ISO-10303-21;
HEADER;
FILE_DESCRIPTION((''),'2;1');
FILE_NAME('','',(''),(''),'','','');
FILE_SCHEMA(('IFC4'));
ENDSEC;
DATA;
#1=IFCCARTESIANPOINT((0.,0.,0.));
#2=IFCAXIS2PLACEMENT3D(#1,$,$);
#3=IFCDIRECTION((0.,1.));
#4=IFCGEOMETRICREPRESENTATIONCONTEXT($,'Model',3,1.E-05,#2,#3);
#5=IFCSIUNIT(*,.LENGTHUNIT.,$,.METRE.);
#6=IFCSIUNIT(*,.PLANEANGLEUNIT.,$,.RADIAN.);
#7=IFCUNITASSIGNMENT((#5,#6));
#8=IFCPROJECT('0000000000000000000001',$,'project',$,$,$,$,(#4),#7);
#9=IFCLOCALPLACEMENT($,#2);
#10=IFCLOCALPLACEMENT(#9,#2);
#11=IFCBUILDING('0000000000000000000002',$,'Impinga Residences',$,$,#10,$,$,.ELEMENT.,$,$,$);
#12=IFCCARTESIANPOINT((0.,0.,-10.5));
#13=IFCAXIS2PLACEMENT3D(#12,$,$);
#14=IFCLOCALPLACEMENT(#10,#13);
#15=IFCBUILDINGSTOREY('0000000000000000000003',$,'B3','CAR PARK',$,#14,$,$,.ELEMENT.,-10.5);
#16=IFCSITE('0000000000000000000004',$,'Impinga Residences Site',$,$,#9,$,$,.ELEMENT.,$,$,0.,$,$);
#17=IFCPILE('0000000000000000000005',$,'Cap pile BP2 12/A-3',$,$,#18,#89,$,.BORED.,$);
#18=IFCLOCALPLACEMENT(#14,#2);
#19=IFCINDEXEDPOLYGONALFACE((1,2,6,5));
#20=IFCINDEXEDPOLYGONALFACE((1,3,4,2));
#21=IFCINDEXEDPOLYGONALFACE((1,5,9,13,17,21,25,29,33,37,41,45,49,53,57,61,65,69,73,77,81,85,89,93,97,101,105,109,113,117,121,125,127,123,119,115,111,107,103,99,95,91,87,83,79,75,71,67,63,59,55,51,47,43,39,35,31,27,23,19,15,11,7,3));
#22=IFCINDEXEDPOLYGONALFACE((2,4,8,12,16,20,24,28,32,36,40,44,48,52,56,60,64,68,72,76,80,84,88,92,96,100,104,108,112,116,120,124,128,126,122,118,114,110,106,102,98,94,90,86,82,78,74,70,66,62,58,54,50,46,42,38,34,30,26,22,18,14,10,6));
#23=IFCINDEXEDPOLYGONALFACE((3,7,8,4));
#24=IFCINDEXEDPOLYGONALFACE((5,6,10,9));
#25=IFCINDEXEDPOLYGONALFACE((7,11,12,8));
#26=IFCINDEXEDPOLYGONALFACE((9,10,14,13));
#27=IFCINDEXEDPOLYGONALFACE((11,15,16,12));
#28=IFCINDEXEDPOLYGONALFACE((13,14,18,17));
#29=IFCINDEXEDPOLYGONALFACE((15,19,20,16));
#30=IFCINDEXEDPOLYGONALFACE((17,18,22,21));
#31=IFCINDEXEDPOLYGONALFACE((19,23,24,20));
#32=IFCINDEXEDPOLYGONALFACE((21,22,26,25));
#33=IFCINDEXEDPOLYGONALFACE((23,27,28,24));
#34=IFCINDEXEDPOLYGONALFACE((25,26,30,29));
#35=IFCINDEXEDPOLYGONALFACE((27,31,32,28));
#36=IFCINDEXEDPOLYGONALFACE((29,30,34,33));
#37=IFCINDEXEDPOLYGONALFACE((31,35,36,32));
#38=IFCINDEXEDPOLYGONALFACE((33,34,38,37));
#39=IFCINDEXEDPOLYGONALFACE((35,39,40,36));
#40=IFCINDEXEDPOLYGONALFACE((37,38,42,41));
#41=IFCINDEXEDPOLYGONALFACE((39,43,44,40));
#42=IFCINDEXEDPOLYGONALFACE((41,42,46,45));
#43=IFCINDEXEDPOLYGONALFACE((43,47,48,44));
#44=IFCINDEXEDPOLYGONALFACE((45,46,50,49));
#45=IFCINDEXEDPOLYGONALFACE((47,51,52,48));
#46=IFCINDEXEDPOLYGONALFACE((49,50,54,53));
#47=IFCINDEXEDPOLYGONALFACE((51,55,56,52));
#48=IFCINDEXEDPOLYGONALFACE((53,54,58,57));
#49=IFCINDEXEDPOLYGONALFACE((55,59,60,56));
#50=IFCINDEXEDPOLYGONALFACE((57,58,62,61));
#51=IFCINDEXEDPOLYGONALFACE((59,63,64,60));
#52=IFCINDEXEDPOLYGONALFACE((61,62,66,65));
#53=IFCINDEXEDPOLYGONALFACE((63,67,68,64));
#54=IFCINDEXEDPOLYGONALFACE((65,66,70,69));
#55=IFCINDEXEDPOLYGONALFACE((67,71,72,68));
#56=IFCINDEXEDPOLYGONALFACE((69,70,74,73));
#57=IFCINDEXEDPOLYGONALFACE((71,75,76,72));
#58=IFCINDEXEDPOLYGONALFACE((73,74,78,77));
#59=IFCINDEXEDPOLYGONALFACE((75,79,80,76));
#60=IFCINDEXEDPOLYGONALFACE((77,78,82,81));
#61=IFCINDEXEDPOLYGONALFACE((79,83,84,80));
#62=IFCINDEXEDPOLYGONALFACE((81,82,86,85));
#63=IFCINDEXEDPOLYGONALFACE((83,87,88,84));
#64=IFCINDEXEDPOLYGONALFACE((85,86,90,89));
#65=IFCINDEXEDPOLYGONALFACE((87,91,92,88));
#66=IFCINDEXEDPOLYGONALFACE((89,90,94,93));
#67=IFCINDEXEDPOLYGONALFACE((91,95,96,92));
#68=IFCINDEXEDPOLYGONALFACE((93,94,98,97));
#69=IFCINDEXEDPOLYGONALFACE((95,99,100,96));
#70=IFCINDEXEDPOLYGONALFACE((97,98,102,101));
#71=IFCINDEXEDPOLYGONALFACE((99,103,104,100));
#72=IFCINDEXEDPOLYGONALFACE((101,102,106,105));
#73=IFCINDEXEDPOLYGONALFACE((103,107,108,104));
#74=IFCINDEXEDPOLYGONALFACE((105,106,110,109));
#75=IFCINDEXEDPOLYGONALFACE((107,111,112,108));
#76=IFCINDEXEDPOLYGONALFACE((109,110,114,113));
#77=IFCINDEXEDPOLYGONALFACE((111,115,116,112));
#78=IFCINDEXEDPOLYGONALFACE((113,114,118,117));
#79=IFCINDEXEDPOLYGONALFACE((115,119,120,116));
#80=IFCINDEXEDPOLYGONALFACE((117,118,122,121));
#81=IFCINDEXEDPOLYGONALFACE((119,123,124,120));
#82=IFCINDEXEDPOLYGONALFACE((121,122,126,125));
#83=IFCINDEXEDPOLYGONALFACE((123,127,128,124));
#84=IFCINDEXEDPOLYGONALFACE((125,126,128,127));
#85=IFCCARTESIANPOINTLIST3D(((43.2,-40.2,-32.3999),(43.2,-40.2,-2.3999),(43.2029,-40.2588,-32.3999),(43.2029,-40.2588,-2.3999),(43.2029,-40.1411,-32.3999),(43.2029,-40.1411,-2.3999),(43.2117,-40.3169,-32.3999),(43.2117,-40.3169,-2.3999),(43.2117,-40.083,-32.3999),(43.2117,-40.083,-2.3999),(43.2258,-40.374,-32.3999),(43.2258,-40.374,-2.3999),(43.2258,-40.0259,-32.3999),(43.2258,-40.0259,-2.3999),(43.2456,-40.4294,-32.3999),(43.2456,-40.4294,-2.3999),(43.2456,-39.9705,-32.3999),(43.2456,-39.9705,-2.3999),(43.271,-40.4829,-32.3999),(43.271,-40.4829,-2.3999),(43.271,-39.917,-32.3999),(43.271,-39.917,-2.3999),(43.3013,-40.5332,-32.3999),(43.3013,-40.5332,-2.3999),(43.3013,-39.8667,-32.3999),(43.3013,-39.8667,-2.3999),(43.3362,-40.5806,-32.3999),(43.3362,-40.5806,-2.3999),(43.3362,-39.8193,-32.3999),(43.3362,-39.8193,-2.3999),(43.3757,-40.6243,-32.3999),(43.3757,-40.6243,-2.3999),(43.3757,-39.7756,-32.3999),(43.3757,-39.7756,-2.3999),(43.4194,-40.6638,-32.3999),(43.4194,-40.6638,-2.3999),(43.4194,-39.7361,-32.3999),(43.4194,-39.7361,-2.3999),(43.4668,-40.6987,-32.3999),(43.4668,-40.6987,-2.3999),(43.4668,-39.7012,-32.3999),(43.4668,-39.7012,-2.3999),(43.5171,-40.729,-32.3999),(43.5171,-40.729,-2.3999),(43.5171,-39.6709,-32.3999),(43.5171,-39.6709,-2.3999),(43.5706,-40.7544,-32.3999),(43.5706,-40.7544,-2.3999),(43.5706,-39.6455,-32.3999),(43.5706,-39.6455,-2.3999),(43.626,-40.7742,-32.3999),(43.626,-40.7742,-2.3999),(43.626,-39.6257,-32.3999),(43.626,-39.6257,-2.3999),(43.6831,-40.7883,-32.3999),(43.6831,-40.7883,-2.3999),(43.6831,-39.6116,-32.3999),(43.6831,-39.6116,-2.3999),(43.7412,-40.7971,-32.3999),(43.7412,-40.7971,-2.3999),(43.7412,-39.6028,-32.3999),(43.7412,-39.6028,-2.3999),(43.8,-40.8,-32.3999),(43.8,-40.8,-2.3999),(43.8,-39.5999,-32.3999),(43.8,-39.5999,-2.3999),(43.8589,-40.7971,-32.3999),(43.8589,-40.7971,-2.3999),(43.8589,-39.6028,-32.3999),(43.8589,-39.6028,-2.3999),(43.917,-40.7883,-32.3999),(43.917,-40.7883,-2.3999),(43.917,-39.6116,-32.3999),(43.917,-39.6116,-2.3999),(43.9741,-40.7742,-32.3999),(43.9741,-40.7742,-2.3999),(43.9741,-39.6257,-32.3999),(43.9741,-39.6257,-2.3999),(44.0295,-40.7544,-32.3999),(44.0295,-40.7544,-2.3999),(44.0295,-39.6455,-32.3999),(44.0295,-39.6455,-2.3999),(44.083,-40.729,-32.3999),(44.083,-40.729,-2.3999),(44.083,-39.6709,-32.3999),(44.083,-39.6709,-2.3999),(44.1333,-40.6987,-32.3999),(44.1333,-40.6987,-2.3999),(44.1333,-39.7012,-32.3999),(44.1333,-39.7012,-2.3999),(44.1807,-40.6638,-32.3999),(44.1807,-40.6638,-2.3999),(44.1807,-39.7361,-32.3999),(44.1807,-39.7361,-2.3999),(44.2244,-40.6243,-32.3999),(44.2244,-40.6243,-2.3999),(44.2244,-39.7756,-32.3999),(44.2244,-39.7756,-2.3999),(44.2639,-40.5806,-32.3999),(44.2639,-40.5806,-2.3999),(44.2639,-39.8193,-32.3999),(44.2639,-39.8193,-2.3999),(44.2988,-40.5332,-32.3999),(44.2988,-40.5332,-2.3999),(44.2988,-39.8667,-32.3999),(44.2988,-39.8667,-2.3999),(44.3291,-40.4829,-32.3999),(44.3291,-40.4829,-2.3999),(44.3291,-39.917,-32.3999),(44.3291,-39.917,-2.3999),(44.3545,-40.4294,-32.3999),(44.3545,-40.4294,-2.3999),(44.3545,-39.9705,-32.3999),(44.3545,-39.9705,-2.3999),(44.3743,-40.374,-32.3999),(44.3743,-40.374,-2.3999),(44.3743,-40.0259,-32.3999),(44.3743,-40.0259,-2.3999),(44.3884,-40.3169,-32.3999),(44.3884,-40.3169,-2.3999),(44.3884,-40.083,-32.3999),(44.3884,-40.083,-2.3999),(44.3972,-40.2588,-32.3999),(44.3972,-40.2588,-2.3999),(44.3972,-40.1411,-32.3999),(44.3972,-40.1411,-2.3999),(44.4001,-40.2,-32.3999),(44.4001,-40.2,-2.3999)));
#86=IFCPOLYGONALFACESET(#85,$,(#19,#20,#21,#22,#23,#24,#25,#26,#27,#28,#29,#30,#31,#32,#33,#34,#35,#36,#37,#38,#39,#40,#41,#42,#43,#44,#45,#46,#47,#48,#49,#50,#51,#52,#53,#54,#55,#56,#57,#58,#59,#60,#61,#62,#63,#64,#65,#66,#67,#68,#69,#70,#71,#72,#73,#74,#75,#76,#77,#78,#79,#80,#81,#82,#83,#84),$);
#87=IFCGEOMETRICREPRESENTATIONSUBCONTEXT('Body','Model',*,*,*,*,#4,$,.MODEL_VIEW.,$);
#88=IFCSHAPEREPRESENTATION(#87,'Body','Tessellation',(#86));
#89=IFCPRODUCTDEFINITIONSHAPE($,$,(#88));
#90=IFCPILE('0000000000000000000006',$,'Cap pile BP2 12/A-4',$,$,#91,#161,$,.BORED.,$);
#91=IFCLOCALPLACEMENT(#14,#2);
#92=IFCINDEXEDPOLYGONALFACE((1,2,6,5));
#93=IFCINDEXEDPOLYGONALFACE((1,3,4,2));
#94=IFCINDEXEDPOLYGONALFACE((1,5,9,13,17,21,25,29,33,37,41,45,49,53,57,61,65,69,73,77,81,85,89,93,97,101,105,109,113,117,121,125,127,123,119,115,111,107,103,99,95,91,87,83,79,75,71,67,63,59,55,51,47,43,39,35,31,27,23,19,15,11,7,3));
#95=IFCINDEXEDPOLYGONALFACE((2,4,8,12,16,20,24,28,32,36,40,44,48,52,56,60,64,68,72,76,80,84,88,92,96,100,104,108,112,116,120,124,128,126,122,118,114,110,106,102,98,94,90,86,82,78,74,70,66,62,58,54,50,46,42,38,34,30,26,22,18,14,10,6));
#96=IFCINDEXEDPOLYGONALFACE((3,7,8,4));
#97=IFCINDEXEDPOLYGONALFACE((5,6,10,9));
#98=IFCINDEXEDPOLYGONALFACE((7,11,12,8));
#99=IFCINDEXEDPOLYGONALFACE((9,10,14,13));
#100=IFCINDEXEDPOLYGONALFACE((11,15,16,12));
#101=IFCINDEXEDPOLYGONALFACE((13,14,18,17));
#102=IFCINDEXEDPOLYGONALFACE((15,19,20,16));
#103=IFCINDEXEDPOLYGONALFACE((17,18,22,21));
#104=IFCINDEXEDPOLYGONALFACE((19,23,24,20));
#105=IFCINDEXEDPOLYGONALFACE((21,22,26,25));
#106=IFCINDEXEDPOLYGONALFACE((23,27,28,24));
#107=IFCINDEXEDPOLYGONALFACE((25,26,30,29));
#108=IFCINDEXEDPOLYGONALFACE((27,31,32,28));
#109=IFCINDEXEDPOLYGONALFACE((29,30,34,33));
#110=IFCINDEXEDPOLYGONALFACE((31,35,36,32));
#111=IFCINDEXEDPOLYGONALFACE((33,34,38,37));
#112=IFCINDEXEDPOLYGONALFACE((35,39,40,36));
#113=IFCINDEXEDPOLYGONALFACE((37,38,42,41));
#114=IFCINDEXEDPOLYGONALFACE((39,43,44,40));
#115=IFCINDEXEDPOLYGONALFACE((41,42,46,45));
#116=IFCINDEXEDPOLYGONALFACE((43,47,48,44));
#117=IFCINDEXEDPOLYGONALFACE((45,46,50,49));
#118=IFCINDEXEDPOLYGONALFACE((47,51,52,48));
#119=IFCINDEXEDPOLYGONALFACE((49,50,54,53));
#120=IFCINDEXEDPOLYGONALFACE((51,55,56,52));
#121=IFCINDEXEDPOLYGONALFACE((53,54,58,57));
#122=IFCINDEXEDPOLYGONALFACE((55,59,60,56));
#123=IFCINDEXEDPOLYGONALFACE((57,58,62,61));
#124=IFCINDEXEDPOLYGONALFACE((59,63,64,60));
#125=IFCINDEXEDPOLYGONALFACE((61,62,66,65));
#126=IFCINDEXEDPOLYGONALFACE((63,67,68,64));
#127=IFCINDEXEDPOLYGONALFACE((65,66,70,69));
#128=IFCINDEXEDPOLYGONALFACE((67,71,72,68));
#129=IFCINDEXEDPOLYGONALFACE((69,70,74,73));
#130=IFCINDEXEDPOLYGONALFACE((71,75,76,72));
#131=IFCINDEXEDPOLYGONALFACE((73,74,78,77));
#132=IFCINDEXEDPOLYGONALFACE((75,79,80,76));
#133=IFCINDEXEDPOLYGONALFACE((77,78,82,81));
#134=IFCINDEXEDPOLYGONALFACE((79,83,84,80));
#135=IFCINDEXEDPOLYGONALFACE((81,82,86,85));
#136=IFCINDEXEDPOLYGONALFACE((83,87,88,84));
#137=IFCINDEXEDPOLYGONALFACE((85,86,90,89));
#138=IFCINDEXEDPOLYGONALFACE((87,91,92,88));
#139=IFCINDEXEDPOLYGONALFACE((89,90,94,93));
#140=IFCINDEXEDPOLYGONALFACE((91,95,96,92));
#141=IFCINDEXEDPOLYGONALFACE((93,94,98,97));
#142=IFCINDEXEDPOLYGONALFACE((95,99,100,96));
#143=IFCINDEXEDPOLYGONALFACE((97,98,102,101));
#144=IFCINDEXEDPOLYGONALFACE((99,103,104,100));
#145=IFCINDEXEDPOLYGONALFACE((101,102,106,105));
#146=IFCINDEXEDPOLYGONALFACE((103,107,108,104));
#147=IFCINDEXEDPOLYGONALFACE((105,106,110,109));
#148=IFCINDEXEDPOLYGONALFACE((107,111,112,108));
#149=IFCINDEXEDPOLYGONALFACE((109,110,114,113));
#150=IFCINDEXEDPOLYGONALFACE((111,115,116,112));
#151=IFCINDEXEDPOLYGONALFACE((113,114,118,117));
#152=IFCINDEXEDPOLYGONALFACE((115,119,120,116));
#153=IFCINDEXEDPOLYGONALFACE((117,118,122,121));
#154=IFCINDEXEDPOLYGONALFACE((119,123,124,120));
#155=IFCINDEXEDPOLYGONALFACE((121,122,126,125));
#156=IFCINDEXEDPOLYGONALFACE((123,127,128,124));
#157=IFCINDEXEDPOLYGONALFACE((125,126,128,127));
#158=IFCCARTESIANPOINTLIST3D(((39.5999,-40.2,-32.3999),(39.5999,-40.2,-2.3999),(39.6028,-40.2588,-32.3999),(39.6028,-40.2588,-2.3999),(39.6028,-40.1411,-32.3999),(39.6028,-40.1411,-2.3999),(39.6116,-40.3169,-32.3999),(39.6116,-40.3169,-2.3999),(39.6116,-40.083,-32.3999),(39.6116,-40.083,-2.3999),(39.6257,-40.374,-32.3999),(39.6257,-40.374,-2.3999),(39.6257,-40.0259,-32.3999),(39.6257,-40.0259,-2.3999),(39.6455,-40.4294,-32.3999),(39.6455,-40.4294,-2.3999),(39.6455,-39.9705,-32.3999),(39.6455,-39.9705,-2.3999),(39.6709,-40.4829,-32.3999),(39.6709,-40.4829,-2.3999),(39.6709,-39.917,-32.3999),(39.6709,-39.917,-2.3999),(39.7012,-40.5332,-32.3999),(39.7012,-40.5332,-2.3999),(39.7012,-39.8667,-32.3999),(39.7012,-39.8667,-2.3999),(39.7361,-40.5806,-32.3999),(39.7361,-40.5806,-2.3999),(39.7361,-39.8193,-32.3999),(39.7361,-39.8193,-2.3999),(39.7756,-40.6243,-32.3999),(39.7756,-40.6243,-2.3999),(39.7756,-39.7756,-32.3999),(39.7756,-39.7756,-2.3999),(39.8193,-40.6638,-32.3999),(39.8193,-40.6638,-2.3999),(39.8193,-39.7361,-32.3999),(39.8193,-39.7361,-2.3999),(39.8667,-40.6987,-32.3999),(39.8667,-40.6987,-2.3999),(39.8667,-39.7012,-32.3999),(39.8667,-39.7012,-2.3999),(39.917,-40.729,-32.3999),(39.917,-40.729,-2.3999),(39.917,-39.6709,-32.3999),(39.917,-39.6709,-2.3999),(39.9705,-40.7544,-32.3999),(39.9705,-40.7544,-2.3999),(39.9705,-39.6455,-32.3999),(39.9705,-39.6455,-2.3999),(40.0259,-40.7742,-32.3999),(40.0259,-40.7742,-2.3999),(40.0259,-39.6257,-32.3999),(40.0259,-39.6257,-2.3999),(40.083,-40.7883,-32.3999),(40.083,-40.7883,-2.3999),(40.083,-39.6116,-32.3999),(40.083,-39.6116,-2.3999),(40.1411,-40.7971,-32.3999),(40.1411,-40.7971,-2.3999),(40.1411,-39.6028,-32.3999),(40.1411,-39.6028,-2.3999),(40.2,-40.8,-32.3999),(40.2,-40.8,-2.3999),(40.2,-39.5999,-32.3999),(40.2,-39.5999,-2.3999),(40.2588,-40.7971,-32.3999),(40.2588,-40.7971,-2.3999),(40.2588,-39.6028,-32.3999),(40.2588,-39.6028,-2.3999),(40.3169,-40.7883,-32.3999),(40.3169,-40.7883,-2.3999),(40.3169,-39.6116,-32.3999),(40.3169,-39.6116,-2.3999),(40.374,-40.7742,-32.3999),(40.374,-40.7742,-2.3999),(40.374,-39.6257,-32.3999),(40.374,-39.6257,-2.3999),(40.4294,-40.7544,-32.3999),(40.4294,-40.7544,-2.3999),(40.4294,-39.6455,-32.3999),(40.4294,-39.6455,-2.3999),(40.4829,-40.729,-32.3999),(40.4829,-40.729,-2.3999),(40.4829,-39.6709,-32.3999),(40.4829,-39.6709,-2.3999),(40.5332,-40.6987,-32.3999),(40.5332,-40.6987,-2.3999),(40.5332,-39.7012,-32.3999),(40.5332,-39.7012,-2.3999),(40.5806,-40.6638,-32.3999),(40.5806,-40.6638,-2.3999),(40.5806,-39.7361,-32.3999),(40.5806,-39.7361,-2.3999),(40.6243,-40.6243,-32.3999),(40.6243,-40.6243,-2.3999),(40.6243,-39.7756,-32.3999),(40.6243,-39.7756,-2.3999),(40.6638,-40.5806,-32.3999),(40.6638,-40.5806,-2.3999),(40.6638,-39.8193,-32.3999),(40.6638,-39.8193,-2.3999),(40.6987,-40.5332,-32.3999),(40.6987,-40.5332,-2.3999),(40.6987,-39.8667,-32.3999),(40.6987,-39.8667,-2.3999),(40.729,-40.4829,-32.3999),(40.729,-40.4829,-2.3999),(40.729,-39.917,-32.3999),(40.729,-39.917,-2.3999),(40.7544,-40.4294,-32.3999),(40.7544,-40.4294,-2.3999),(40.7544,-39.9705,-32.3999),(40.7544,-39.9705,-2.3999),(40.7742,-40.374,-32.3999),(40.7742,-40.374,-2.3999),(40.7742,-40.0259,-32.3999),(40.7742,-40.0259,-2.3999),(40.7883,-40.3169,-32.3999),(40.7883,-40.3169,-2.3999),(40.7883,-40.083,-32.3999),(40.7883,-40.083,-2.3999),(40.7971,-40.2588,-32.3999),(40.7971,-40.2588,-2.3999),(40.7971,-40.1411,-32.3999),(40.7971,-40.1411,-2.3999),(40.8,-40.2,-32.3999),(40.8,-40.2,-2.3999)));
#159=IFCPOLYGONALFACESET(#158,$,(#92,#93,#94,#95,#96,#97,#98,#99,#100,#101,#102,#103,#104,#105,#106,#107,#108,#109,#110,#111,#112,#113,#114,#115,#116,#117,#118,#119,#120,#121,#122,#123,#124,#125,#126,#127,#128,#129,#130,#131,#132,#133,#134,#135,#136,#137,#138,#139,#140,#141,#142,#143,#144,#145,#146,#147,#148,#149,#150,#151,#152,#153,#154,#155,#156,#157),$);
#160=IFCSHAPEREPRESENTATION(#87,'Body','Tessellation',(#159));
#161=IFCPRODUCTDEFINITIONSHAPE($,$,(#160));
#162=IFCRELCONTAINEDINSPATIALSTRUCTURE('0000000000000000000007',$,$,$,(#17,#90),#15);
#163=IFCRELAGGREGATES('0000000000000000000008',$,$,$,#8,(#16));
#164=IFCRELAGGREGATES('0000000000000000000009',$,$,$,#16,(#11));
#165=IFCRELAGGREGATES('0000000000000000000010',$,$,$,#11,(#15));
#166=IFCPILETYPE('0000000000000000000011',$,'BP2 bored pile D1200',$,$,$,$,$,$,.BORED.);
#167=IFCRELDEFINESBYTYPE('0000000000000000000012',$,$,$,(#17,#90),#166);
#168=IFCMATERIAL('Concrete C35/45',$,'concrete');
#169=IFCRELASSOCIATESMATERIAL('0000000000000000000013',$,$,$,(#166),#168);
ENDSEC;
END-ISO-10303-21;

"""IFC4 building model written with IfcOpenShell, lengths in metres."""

from ifc_helpers import new_model, si_unit, direction, frame, origin, origin_2d, place, context, subcontext, project, spatial, polyline, circle, outline, extrude, material, material_profile, profile_set, type_object, element, save


model = new_model("IFC4")

# Units and contexts
model_context = context("Model", 3, precision=1e-05, world=origin(), true_north=direction((0.0, 1.0)))
body_context = subcontext(model_context, "Body", "Model", "MODEL_VIEW")
ifc_project = project(units=[si_unit("LENGTHUNIT", "METRE"), si_unit("PLANEANGLEUNIT", "RADIAN")], contexts=[model_context])

# Site, building, storey
site_placement = place(None, origin())
site = spatial("IfcSite", under=ifc_project, at=site_placement, Name="Impinga Residences Site", CompositionType="ELEMENT", RefElevation=0.0)
building_placement = place(site_placement, origin())
building = spatial("IfcBuilding", under=site, at=building_placement, Name="Impinga Residences", CompositionType="ELEMENT")
storey_placement = place(building_placement, frame((0.0, 0.0, -10.5)))
storey = spatial("IfcBuildingStorey", under=building, at=storey_placement, Name="B3", Description="CAR PARK", CompositionType="ELEMENT", Elevation=-10.5)

# Piles
ifc_material_1 = material(Name="Concrete C35/45", Category="concrete")
ifc_material_profile_1 = material_profile(ifc_material_1, circle(Radius=0.6001, at=origin_2d()), Name="D1200")
ifc_profile_set_1 = profile_set([ifc_material_profile_1], Name="Concrete C35/45")
pile_type_1 = type_object("IfcPileType", Name="BP2 bored pile D1200", PredefinedType="BORED", material=ifc_profile_set_1)
pile_1_placement = place(storey_placement, frame((43.8, -40.2, -2.3999), z_axis=(0.0, 0.0, -1.0), x_axis=(1.0, 0.0, 0.0)))
element("IfcPile", 1, at=pile_1_placement, inside=storey, type_object=pile_type_1, Name="Cap pile BP2 12/A-3", PredefinedType="BORED", context=body_context, shape_type="SweptSolid", body=[
    extrude(outline(polyline([(0.6001, 0.0), (0.5972, 0.0588), (0.5884, 0.1169), (0.5742, 0.1741), (0.5544, 0.2295), (0.5291, 0.283), (0.4988, 0.3333), (0.4639, 0.3806), (0.4243, 0.4243), (0.3806, 0.4639), (0.3333, 0.4988), (0.283, 0.5291), (0.2295, 0.5544), (0.1741, 0.5742), (0.1169, 0.5884), (0.0588, 0.5972), (0.0, 0.6001), (-0.0588, 0.5972), (-0.1169, 0.5884), (-0.1741, 0.5742), (-0.2295, 0.5544), (-0.283, 0.5291), (-0.3333, 0.4988), (-0.3806, 0.4639), (-0.4243, 0.4243), (-0.4639, 0.3806), (-0.4988, 0.3333), (-0.5291, 0.283), (-0.5544, 0.2295), (-0.5742, 0.1741), (-0.5884, 0.1169), (-0.5972, 0.0588), (-0.6001, 0.0), (-0.5972, -0.0588), (-0.5884, -0.1169), (-0.5742, -0.1741), (-0.5544, -0.2295), (-0.5291, -0.283), (-0.4988, -0.3333), (-0.4639, -0.3806), (-0.4243, -0.4243), (-0.3806, -0.4639), (-0.3333, -0.4988), (-0.283, -0.5291), (-0.2295, -0.5544), (-0.1741, -0.5742), (-0.1169, -0.5884), (-0.0588, -0.5972), (0.0, -0.6001), (0.0588, -0.5972), (0.1169, -0.5884), (0.1741, -0.5742), (0.2295, -0.5544), (0.283, -0.5291), (0.3333, -0.4988), (0.3806, -0.4639), (0.4243, -0.4243), (0.4639, -0.3806), (0.4988, -0.3333), (0.5291, -0.283), (0.5544, -0.2295), (0.5742, -0.1741), (0.5884, -0.1169), (0.5972, -0.0588), (0.6001, 0.0)])), origin(), (0.0, 0.0, 1.0), 30.0),
])
pile_2_placement = place(storey_placement, frame((40.2, -40.2, -2.3999), z_axis=(0.0, 0.0, -1.0), x_axis=(1.0, 0.0, 0.0)))
element("IfcPile", 2, at=pile_2_placement, inside=storey, type_object=pile_type_1, Name="Cap pile BP2 12/A-4", PredefinedType="BORED", context=body_context, shape_type="SweptSolid", body=[
    extrude(outline(polyline([(0.6001, 0.0), (0.5972, 0.0588), (0.5884, 0.1169), (0.5742, 0.1741), (0.5544, 0.2295), (0.5291, 0.283), (0.4988, 0.3333), (0.4639, 0.3806), (0.4243, 0.4243), (0.3806, 0.4639), (0.3333, 0.4988), (0.283, 0.5291), (0.2295, 0.5544), (0.1741, 0.5742), (0.1169, 0.5884), (0.0588, 0.5972), (0.0, 0.6001), (-0.0588, 0.5972), (-0.1169, 0.5884), (-0.1741, 0.5742), (-0.2295, 0.5544), (-0.283, 0.5291), (-0.3333, 0.4988), (-0.3806, 0.4639), (-0.4243, 0.4243), (-0.4639, 0.3806), (-0.4988, 0.3333), (-0.5291, 0.283), (-0.5544, 0.2295), (-0.5742, 0.1741), (-0.5884, 0.1169), (-0.5972, 0.0588), (-0.6001, 0.0), (-0.5972, -0.0588), (-0.5884, -0.1169), (-0.5742, -0.1741), (-0.5544, -0.2295), (-0.5291, -0.283), (-0.4988, -0.3333), (-0.4639, -0.3806), (-0.4243, -0.4243), (-0.3806, -0.4639), (-0.3333, -0.4988), (-0.283, -0.5291), (-0.2295, -0.5544), (-0.1741, -0.5742), (-0.1169, -0.5884), (-0.0588, -0.5972), (0.0, -0.6001), (0.0588, -0.5972), (0.1169, -0.5884), (0.1741, -0.5742), (0.2295, -0.5544), (0.283, -0.5291), (0.3333, -0.4988), (0.3806, -0.4639), (0.4243, -0.4243), (0.4639, -0.3806), (0.4988, -0.3333), (0.5291, -0.283), (0.5544, -0.2295), (0.5742, -0.1741), (0.5884, -0.1169), (0.5972, -0.0588), (0.6001, 0.0)])), origin(), (0.0, 0.0, 1.0), 30.0),
])

save(model, "model.ifc")
